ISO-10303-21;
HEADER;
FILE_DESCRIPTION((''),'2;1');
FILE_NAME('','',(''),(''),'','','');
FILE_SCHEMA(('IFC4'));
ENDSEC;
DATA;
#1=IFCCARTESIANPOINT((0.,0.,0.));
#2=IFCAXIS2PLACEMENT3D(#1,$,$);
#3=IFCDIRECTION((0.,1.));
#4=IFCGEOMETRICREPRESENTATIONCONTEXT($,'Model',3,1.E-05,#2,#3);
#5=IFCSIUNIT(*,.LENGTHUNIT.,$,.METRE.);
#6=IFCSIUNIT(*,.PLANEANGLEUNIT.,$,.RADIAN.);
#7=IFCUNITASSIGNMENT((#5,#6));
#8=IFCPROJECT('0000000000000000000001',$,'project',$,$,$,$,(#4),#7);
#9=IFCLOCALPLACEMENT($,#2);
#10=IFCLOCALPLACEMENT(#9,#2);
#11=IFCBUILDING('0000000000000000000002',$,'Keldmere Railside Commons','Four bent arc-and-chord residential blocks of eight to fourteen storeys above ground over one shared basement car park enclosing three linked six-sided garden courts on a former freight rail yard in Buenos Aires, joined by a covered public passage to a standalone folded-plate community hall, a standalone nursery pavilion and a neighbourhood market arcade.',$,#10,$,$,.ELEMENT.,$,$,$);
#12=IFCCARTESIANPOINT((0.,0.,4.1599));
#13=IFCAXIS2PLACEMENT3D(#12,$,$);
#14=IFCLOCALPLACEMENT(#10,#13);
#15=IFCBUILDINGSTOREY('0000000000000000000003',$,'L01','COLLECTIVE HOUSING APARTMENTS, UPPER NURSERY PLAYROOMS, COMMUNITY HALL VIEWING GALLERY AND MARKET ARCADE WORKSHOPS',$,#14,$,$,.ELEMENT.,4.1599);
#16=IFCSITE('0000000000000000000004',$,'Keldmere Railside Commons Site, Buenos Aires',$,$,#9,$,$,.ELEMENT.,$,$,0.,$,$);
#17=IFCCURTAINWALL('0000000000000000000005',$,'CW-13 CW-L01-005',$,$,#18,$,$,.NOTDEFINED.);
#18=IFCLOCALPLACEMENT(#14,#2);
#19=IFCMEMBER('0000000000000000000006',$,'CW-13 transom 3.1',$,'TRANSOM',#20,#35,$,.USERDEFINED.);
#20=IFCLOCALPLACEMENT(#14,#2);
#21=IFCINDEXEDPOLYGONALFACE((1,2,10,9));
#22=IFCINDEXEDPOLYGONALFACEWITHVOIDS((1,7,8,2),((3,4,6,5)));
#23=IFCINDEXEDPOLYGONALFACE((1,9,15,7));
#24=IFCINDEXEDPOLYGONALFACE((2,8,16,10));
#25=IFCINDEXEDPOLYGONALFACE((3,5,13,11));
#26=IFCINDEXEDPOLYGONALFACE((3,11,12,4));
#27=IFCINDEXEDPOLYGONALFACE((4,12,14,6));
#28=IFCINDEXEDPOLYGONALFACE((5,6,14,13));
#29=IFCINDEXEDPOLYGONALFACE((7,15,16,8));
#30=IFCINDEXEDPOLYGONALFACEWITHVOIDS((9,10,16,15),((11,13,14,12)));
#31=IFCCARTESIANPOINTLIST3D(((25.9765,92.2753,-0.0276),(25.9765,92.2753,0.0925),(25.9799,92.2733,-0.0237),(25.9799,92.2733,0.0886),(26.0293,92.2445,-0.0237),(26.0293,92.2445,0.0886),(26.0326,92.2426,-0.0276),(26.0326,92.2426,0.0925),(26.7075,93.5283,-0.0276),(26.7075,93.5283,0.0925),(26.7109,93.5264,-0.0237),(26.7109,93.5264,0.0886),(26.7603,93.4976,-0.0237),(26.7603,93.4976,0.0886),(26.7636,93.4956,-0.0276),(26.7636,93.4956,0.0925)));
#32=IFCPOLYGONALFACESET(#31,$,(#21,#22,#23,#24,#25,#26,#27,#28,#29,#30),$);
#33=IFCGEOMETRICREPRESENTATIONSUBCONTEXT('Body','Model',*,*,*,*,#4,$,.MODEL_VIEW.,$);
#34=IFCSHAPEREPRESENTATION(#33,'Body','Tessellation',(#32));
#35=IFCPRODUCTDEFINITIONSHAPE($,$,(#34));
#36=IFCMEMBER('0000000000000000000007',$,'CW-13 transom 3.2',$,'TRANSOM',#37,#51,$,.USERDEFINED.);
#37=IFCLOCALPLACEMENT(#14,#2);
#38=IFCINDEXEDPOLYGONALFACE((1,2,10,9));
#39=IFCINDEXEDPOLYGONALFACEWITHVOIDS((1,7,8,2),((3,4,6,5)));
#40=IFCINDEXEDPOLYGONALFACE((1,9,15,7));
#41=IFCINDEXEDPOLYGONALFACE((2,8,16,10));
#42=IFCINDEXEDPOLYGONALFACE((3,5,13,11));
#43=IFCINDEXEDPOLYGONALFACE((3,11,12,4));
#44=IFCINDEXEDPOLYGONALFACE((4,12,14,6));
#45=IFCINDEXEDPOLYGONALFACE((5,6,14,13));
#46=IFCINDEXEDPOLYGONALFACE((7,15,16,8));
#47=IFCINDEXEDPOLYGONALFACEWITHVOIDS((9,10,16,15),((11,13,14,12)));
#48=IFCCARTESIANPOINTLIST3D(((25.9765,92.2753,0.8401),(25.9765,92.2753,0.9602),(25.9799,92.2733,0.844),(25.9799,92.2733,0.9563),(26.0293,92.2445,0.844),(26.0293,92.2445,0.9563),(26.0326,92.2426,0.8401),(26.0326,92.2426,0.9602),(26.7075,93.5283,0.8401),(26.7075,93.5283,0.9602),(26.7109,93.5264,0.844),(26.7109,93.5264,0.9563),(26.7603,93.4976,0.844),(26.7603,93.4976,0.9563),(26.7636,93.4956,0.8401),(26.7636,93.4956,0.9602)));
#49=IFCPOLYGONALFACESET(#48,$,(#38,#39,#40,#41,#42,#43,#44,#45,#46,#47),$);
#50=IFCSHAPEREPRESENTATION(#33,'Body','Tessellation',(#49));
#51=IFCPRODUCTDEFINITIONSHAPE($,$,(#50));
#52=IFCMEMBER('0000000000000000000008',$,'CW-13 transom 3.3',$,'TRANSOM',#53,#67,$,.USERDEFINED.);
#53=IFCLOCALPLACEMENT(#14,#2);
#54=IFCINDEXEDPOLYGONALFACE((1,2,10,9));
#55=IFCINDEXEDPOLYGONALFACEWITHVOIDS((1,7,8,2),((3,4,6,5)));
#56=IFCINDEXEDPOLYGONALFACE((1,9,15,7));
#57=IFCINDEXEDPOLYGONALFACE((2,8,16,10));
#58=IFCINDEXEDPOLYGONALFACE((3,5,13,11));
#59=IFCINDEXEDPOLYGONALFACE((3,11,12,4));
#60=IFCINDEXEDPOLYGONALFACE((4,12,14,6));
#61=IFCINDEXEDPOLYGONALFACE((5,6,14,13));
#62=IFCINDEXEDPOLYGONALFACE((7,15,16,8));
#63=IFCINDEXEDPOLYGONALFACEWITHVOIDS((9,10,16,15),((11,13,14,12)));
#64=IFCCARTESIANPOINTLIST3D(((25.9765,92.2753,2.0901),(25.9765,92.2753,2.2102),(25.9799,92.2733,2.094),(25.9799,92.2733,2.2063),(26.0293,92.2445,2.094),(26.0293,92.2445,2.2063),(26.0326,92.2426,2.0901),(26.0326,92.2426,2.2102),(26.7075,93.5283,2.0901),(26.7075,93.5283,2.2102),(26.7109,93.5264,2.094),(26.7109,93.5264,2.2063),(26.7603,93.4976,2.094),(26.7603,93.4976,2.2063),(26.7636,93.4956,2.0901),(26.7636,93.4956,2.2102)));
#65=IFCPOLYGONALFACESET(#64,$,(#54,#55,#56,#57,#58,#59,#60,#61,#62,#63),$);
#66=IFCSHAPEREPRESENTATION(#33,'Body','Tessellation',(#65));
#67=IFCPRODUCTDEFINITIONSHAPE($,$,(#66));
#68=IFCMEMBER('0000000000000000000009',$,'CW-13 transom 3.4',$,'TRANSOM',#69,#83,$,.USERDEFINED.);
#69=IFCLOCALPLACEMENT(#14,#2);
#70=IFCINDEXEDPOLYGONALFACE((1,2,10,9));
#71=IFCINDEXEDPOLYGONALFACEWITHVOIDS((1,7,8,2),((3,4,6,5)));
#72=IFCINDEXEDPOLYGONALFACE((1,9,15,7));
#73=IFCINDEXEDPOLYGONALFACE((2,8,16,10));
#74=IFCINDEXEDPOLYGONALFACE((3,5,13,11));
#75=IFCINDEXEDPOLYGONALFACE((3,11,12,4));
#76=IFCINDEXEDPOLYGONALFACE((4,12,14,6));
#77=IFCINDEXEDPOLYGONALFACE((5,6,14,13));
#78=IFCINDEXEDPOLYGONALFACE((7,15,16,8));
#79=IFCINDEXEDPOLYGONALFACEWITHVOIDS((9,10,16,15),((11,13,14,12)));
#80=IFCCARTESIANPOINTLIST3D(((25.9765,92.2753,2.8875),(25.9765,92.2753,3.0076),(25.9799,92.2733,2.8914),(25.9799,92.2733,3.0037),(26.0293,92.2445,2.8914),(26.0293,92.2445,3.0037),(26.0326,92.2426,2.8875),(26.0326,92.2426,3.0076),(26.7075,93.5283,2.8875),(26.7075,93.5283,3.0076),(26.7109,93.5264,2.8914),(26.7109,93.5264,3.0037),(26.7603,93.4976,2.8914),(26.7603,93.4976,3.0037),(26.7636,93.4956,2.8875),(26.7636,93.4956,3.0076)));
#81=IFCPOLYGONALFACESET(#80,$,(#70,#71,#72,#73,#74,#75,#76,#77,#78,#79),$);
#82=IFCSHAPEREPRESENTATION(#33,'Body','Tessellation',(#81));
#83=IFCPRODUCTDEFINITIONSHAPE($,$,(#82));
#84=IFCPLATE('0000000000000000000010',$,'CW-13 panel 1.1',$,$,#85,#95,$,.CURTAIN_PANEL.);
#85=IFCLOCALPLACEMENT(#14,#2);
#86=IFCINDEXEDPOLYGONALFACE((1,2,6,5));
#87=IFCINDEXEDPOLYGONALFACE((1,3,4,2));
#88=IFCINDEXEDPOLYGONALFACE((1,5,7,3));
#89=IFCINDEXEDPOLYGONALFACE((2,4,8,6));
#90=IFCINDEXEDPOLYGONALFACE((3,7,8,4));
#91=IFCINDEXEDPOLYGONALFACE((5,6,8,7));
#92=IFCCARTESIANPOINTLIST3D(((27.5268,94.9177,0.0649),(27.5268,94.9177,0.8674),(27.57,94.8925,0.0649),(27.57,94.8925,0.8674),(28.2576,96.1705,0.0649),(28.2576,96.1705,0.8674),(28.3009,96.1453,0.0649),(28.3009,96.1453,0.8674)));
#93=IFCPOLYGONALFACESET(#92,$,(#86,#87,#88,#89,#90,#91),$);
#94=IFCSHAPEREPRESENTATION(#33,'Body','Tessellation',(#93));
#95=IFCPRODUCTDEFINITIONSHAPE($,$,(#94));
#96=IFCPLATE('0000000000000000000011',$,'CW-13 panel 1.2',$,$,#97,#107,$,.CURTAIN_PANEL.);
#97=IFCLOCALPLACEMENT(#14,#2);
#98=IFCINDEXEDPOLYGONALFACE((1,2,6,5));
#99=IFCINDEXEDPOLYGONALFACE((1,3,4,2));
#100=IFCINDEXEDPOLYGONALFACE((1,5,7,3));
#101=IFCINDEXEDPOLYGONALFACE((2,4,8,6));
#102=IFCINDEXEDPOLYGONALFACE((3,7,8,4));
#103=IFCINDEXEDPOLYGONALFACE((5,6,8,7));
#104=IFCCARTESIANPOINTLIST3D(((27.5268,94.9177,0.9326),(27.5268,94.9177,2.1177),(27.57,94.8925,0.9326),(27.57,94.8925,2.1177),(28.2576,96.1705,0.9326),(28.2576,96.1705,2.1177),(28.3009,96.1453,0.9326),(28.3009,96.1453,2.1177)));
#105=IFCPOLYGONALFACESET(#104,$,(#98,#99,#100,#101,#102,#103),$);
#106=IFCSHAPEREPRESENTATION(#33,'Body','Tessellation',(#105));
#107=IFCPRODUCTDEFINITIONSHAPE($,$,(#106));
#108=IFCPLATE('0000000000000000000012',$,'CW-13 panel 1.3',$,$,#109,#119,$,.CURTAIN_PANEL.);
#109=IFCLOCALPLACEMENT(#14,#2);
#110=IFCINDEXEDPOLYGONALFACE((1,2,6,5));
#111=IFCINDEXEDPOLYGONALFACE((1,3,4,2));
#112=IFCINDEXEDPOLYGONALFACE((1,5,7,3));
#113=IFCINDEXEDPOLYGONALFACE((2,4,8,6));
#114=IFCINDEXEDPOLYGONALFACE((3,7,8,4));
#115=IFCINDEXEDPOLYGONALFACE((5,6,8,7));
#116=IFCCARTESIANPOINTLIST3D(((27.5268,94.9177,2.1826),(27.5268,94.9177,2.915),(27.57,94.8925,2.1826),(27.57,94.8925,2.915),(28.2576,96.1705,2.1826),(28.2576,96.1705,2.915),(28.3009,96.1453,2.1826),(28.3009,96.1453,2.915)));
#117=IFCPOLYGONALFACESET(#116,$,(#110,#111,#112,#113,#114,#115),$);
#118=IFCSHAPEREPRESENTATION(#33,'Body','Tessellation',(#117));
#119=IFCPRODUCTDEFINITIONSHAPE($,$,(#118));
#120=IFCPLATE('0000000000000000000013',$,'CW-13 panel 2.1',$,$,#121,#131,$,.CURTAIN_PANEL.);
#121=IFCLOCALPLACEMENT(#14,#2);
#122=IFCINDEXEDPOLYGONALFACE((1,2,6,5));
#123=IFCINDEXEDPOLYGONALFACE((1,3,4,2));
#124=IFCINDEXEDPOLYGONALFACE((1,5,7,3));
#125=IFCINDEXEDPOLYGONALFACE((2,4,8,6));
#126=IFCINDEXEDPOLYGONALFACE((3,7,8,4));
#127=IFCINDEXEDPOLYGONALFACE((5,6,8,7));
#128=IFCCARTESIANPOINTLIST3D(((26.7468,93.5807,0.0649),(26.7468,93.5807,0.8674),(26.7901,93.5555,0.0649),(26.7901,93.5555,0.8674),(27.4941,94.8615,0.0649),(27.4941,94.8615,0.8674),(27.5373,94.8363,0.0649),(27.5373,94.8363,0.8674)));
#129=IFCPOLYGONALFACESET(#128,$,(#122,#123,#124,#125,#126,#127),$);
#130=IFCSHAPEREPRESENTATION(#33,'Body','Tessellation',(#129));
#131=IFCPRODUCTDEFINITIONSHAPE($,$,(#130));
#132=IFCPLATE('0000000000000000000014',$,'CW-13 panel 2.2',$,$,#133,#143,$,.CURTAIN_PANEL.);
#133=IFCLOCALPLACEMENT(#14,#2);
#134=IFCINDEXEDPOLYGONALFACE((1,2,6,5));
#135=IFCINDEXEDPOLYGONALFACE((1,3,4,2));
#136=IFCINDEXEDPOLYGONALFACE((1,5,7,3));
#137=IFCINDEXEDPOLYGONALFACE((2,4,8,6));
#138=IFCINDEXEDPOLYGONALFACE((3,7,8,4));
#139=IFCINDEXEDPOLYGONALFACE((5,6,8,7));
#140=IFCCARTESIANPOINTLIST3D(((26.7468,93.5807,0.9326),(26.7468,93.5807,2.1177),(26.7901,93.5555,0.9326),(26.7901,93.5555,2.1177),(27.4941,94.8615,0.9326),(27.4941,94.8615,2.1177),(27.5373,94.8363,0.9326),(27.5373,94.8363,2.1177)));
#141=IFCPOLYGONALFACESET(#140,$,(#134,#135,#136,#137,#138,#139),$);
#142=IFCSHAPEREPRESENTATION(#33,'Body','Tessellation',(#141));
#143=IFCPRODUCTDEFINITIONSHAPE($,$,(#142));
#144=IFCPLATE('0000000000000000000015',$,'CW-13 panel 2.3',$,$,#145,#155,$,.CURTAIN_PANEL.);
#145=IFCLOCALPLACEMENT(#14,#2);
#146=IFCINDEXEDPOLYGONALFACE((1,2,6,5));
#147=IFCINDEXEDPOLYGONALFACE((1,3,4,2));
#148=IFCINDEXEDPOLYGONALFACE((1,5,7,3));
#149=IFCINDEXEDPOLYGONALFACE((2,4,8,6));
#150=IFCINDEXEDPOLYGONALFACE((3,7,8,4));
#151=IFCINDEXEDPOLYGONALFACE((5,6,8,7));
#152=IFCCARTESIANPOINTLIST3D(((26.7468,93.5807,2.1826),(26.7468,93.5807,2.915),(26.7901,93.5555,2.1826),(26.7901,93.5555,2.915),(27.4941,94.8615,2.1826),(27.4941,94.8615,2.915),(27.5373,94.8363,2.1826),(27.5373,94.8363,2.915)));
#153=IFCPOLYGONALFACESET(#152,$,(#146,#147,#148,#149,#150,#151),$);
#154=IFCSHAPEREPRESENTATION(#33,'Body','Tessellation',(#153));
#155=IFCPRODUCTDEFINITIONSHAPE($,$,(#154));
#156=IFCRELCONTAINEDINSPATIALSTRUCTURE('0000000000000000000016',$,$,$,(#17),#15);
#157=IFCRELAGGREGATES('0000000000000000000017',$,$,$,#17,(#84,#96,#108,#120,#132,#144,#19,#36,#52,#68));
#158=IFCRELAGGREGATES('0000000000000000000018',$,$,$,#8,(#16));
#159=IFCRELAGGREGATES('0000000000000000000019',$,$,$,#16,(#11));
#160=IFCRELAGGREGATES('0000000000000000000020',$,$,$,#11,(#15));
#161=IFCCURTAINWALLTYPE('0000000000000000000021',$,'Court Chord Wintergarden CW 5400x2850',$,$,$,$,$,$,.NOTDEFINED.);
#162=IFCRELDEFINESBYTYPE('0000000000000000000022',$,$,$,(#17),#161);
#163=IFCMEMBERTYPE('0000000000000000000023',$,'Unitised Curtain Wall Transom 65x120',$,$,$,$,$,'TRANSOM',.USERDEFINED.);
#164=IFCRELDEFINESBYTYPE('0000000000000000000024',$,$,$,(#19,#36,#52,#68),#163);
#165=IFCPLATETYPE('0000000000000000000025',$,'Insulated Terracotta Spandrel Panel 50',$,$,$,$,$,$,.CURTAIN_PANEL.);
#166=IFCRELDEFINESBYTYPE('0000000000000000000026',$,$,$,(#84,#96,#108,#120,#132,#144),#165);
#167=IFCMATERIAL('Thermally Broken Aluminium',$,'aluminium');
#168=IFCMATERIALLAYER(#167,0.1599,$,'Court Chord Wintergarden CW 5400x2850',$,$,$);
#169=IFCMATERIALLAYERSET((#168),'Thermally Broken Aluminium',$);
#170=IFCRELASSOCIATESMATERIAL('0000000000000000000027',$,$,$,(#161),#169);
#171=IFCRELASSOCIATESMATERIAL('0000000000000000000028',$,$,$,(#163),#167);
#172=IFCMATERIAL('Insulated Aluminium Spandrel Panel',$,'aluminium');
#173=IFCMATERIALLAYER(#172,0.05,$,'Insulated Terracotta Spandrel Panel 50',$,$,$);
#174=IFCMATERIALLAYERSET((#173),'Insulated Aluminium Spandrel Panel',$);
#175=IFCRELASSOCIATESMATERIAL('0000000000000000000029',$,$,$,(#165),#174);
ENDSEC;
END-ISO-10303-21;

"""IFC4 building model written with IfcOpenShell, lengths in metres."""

from ifc_helpers import new_model, si_unit, direction, frame, origin, origin_2d, place, context, subcontext, project, spatial, rectangle, hollow_rectangle, extrude, material, layer, layer_set, material_profile, profile_set, type_object, element, aggregate, save


model = new_model("IFC4")

# Units and contexts
model_context = context("Model", 3, precision=1e-05, world=origin(), true_north=direction((0.0, 1.0)))
body_context = subcontext(model_context, "Body", "Model", "MODEL_VIEW")
ifc_project = project(units=[si_unit("LENGTHUNIT", "METRE"), si_unit("PLANEANGLEUNIT", "RADIAN")], contexts=[model_context])

# Site, building, storey
site_placement = place(None, origin())
site = spatial("IfcSite", under=ifc_project, at=site_placement, Name="Keldmere Railside Commons Site, Buenos Aires", CompositionType="ELEMENT", RefElevation=0.0)
building_placement = place(site_placement, origin())
building = spatial("IfcBuilding", under=site, at=building_placement, Name="Keldmere Railside Commons", Description="Four bent arc-and-chord residential blocks of eight to fourteen storeys above ground over one shared basement car park enclosing three linked six-sided garden courts on a former freight rail yard in Buenos Aires, joined by a covered public passage to a standalone folded-plate community hall, a standalone nursery pavilion and a neighbourhood market arcade.", CompositionType="ELEMENT")
storey_placement = place(building_placement, frame((0.0, 0.0, 4.1599)))
storey = spatial("IfcBuildingStorey", under=building, at=storey_placement, Name="L01", Description="COLLECTIVE HOUSING APARTMENTS, UPPER NURSERY PLAYROOMS, COMMUNITY HALL VIEWING GALLERY AND MARKET ARCADE WORKSHOPS", CompositionType="ELEMENT", Elevation=4.1599)

# Curtain wall, members, plates
ifc_material_1 = material(Name="Thermally Broken Aluminium", Category="aluminium")
ifc_layer_1 = layer(ifc_material_1, 0.1599, Name="Court Chord Wintergarden CW 5400x2850")
ifc_layer_set_1 = layer_set([ifc_layer_1], Name="Thermally Broken Aluminium")
curtain_wall_type = type_object("IfcCurtainWallType", Name="Court Chord Wintergarden CW 5400x2850", PredefinedType="NOTDEFINED", material=ifc_layer_set_1)
curtain_wall_placement = place(storey_placement, origin())
curtain_wall = element("IfcCurtainWall", 1, at=curtain_wall_placement, inside=storey, type_object=curtain_wall_type, Name="CW-13 CW-L01-005", PredefinedType="NOTDEFINED")
ifc_material_profile_1 = material_profile(ifc_material_1, hollow_rectangle(XDim=0.0649, YDim=0.1201, WallThickness=0.0039, at=origin_2d()), Name="ALU-TRAN-65x120")
ifc_profile_set_1 = profile_set([ifc_material_profile_1], Name="Thermally Broken Aluminium")
member_type_1 = type_object("IfcMemberType", Name="Unitised Curtain Wall Transom 65x120", ElementType="TRANSOM", PredefinedType="USERDEFINED", material=ifc_profile_set_1)
member_1_placement = place(storey_placement, frame((26.7356, 93.512, 0.0325), z_axis=(-0.503913, -0.863754, 0.0), x_axis=(0.863754, -0.503913, 0.0)))
member_1 = element("IfcMember", 2, at=member_1_placement, type_object=member_type_1, Name="CW-13 transom 3.1", ObjectType="TRANSOM", PredefinedType="USERDEFINED", context=body_context, shape_type="SweptSolid", body=[
    extrude(hollow_rectangle(XDim=0.0649, YDim=0.1201, WallThickness=0.0039, at=origin_2d()), origin(), (0.0, 0.0, 1.0), 1.4507),
])
member_2_placement = place(storey_placement, frame((26.7356, 93.512, 0.9001), z_axis=(-0.503913, -0.863754, 0.0), x_axis=(0.863754, -0.503913, 0.0)))
member_2 = element("IfcMember", 3, at=member_2_placement, type_object=member_type_1, Name="CW-13 transom 3.2", ObjectType="TRANSOM", PredefinedType="USERDEFINED", context=body_context, shape_type="SweptSolid", body=[
    extrude(hollow_rectangle(XDim=0.0649, YDim=0.1201, WallThickness=0.0039, at=origin_2d()), origin(), (0.0, 0.0, 1.0), 1.4507),
])
member_3_placement = place(storey_placement, frame((26.7356, 93.512, 2.1501), z_axis=(-0.503913, -0.863754, 0.0), x_axis=(0.863754, -0.503913, 0.0)))
member_3 = element("IfcMember", 4, at=member_3_placement, type_object=member_type_1, Name="CW-13 transom 3.3", ObjectType="TRANSOM", PredefinedType="USERDEFINED", context=body_context, shape_type="SweptSolid", body=[
    extrude(hollow_rectangle(XDim=0.0649, YDim=0.1201, WallThickness=0.0039, at=origin_2d()), origin(), (0.0, 0.0, 1.0), 1.4507),
])
member_4_placement = place(storey_placement, frame((26.7356, 93.512, 2.9475), z_axis=(-0.503913, -0.863754, 0.0), x_axis=(0.863754, -0.503913, 0.0)))
member_4 = element("IfcMember", 5, at=member_4_placement, type_object=member_type_1, Name="CW-13 transom 3.4", ObjectType="TRANSOM", PredefinedType="USERDEFINED", context=body_context, shape_type="SweptSolid", body=[
    extrude(hollow_rectangle(XDim=0.0649, YDim=0.1201, WallThickness=0.0039, at=origin_2d()), origin(), (0.0, 0.0, 1.0), 1.4507),
])
ifc_material_2 = material(Name="Insulated Aluminium Spandrel Panel", Category="aluminium")
ifc_layer_2 = layer(ifc_material_2, 0.05, Name="Insulated Terracotta Spandrel Panel 50")
ifc_layer_set_2 = layer_set([ifc_layer_2], Name="Insulated Aluminium Spandrel Panel")
plate_type = type_object("IfcPlateType", Name="Insulated Terracotta Spandrel Panel 50", PredefinedType="CURTAIN_PANEL", material=ifc_layer_set_2)
plate_1_placement = place(storey_placement, frame((27.9138, 95.5315, 0.0649), z_axis=(0.0, 0.0, 1.0), x_axis=(-0.503911, -0.863755, 0.0)))
plate_1 = element("IfcPlate", 6, at=plate_1_placement, type_object=plate_type, Name="CW-13 panel 1.1", PredefinedType="CURTAIN_PANEL", context=body_context, shape_type="SweptSolid", body=[
    extrude(rectangle(XDim=1.4504, YDim=0.05, at=origin_2d()), origin(), (0.0, 0.0, 1.0), 0.8025),
])
plate_2_placement = place(storey_placement, frame((27.9138, 95.5315, 0.9326), z_axis=(0.0, 0.0, 1.0), x_axis=(-0.503911, -0.863755, 0.0)))
plate_2 = element("IfcPlate", 7, at=plate_2_placement, type_object=plate_type, Name="CW-13 panel 1.2", PredefinedType="CURTAIN_PANEL", context=body_context, shape_type="SweptSolid", body=[
    extrude(rectangle(XDim=1.4504, YDim=0.05, at=origin_2d()), origin(), (0.0, 0.0, 1.0), 1.1851),
])
plate_3_placement = place(storey_placement, frame((27.9138, 95.5315, 2.1826), z_axis=(0.0, 0.0, 1.0), x_axis=(-0.503911, -0.863755, 0.0)))
plate_3 = element("IfcPlate", 8, at=plate_3_placement, type_object=plate_type, Name="CW-13 panel 1.3", PredefinedType="CURTAIN_PANEL", context=body_context, shape_type="SweptSolid", body=[
    extrude(rectangle(XDim=1.4504, YDim=0.05, at=origin_2d()), origin(), (0.0, 0.0, 1.0), 0.7324),
])
plate_4_placement = place(storey_placement, frame((27.1421, 94.2085, 0.0649), z_axis=(0.0, 0.0, 1.0), x_axis=(-0.503911, -0.863755, 0.0)))
plate_4 = element("IfcPlate", 9, at=plate_4_placement, type_object=plate_type, Name="CW-13 panel 2.1", PredefinedType="CURTAIN_PANEL", context=body_context, shape_type="SweptSolid", body=[
    extrude(rectangle(XDim=1.4829, YDim=0.05, at=origin_2d()), origin(), (0.0, 0.0, 1.0), 0.8025),
])
plate_5_placement = place(storey_placement, frame((27.1421, 94.2085, 0.9326), z_axis=(0.0, 0.0, 1.0), x_axis=(-0.503911, -0.863755, 0.0)))
plate_5 = element("IfcPlate", 10, at=plate_5_placement, type_object=plate_type, Name="CW-13 panel 2.2", PredefinedType="CURTAIN_PANEL", context=body_context, shape_type="SweptSolid", body=[
    extrude(rectangle(XDim=1.4829, YDim=0.05, at=origin_2d()), origin(), (0.0, 0.0, 1.0), 1.1851),
])
plate_6_placement = place(storey_placement, frame((27.1421, 94.2085, 2.1826), z_axis=(0.0, 0.0, 1.0), x_axis=(-0.503911, -0.863755, 0.0)))
plate_6 = element("IfcPlate", 11, at=plate_6_placement, type_object=plate_type, Name="CW-13 panel 2.3", PredefinedType="CURTAIN_PANEL", context=body_context, shape_type="SweptSolid", body=[
    extrude(rectangle(XDim=1.4829, YDim=0.05, at=origin_2d()), origin(), (0.0, 0.0, 1.0), 0.7324),
])
aggregate(curtain_wall, [plate_1, plate_2, plate_3, plate_4, plate_5, plate_6, member_1, member_2, member_3, member_4])

save(model, "model.ifc")
